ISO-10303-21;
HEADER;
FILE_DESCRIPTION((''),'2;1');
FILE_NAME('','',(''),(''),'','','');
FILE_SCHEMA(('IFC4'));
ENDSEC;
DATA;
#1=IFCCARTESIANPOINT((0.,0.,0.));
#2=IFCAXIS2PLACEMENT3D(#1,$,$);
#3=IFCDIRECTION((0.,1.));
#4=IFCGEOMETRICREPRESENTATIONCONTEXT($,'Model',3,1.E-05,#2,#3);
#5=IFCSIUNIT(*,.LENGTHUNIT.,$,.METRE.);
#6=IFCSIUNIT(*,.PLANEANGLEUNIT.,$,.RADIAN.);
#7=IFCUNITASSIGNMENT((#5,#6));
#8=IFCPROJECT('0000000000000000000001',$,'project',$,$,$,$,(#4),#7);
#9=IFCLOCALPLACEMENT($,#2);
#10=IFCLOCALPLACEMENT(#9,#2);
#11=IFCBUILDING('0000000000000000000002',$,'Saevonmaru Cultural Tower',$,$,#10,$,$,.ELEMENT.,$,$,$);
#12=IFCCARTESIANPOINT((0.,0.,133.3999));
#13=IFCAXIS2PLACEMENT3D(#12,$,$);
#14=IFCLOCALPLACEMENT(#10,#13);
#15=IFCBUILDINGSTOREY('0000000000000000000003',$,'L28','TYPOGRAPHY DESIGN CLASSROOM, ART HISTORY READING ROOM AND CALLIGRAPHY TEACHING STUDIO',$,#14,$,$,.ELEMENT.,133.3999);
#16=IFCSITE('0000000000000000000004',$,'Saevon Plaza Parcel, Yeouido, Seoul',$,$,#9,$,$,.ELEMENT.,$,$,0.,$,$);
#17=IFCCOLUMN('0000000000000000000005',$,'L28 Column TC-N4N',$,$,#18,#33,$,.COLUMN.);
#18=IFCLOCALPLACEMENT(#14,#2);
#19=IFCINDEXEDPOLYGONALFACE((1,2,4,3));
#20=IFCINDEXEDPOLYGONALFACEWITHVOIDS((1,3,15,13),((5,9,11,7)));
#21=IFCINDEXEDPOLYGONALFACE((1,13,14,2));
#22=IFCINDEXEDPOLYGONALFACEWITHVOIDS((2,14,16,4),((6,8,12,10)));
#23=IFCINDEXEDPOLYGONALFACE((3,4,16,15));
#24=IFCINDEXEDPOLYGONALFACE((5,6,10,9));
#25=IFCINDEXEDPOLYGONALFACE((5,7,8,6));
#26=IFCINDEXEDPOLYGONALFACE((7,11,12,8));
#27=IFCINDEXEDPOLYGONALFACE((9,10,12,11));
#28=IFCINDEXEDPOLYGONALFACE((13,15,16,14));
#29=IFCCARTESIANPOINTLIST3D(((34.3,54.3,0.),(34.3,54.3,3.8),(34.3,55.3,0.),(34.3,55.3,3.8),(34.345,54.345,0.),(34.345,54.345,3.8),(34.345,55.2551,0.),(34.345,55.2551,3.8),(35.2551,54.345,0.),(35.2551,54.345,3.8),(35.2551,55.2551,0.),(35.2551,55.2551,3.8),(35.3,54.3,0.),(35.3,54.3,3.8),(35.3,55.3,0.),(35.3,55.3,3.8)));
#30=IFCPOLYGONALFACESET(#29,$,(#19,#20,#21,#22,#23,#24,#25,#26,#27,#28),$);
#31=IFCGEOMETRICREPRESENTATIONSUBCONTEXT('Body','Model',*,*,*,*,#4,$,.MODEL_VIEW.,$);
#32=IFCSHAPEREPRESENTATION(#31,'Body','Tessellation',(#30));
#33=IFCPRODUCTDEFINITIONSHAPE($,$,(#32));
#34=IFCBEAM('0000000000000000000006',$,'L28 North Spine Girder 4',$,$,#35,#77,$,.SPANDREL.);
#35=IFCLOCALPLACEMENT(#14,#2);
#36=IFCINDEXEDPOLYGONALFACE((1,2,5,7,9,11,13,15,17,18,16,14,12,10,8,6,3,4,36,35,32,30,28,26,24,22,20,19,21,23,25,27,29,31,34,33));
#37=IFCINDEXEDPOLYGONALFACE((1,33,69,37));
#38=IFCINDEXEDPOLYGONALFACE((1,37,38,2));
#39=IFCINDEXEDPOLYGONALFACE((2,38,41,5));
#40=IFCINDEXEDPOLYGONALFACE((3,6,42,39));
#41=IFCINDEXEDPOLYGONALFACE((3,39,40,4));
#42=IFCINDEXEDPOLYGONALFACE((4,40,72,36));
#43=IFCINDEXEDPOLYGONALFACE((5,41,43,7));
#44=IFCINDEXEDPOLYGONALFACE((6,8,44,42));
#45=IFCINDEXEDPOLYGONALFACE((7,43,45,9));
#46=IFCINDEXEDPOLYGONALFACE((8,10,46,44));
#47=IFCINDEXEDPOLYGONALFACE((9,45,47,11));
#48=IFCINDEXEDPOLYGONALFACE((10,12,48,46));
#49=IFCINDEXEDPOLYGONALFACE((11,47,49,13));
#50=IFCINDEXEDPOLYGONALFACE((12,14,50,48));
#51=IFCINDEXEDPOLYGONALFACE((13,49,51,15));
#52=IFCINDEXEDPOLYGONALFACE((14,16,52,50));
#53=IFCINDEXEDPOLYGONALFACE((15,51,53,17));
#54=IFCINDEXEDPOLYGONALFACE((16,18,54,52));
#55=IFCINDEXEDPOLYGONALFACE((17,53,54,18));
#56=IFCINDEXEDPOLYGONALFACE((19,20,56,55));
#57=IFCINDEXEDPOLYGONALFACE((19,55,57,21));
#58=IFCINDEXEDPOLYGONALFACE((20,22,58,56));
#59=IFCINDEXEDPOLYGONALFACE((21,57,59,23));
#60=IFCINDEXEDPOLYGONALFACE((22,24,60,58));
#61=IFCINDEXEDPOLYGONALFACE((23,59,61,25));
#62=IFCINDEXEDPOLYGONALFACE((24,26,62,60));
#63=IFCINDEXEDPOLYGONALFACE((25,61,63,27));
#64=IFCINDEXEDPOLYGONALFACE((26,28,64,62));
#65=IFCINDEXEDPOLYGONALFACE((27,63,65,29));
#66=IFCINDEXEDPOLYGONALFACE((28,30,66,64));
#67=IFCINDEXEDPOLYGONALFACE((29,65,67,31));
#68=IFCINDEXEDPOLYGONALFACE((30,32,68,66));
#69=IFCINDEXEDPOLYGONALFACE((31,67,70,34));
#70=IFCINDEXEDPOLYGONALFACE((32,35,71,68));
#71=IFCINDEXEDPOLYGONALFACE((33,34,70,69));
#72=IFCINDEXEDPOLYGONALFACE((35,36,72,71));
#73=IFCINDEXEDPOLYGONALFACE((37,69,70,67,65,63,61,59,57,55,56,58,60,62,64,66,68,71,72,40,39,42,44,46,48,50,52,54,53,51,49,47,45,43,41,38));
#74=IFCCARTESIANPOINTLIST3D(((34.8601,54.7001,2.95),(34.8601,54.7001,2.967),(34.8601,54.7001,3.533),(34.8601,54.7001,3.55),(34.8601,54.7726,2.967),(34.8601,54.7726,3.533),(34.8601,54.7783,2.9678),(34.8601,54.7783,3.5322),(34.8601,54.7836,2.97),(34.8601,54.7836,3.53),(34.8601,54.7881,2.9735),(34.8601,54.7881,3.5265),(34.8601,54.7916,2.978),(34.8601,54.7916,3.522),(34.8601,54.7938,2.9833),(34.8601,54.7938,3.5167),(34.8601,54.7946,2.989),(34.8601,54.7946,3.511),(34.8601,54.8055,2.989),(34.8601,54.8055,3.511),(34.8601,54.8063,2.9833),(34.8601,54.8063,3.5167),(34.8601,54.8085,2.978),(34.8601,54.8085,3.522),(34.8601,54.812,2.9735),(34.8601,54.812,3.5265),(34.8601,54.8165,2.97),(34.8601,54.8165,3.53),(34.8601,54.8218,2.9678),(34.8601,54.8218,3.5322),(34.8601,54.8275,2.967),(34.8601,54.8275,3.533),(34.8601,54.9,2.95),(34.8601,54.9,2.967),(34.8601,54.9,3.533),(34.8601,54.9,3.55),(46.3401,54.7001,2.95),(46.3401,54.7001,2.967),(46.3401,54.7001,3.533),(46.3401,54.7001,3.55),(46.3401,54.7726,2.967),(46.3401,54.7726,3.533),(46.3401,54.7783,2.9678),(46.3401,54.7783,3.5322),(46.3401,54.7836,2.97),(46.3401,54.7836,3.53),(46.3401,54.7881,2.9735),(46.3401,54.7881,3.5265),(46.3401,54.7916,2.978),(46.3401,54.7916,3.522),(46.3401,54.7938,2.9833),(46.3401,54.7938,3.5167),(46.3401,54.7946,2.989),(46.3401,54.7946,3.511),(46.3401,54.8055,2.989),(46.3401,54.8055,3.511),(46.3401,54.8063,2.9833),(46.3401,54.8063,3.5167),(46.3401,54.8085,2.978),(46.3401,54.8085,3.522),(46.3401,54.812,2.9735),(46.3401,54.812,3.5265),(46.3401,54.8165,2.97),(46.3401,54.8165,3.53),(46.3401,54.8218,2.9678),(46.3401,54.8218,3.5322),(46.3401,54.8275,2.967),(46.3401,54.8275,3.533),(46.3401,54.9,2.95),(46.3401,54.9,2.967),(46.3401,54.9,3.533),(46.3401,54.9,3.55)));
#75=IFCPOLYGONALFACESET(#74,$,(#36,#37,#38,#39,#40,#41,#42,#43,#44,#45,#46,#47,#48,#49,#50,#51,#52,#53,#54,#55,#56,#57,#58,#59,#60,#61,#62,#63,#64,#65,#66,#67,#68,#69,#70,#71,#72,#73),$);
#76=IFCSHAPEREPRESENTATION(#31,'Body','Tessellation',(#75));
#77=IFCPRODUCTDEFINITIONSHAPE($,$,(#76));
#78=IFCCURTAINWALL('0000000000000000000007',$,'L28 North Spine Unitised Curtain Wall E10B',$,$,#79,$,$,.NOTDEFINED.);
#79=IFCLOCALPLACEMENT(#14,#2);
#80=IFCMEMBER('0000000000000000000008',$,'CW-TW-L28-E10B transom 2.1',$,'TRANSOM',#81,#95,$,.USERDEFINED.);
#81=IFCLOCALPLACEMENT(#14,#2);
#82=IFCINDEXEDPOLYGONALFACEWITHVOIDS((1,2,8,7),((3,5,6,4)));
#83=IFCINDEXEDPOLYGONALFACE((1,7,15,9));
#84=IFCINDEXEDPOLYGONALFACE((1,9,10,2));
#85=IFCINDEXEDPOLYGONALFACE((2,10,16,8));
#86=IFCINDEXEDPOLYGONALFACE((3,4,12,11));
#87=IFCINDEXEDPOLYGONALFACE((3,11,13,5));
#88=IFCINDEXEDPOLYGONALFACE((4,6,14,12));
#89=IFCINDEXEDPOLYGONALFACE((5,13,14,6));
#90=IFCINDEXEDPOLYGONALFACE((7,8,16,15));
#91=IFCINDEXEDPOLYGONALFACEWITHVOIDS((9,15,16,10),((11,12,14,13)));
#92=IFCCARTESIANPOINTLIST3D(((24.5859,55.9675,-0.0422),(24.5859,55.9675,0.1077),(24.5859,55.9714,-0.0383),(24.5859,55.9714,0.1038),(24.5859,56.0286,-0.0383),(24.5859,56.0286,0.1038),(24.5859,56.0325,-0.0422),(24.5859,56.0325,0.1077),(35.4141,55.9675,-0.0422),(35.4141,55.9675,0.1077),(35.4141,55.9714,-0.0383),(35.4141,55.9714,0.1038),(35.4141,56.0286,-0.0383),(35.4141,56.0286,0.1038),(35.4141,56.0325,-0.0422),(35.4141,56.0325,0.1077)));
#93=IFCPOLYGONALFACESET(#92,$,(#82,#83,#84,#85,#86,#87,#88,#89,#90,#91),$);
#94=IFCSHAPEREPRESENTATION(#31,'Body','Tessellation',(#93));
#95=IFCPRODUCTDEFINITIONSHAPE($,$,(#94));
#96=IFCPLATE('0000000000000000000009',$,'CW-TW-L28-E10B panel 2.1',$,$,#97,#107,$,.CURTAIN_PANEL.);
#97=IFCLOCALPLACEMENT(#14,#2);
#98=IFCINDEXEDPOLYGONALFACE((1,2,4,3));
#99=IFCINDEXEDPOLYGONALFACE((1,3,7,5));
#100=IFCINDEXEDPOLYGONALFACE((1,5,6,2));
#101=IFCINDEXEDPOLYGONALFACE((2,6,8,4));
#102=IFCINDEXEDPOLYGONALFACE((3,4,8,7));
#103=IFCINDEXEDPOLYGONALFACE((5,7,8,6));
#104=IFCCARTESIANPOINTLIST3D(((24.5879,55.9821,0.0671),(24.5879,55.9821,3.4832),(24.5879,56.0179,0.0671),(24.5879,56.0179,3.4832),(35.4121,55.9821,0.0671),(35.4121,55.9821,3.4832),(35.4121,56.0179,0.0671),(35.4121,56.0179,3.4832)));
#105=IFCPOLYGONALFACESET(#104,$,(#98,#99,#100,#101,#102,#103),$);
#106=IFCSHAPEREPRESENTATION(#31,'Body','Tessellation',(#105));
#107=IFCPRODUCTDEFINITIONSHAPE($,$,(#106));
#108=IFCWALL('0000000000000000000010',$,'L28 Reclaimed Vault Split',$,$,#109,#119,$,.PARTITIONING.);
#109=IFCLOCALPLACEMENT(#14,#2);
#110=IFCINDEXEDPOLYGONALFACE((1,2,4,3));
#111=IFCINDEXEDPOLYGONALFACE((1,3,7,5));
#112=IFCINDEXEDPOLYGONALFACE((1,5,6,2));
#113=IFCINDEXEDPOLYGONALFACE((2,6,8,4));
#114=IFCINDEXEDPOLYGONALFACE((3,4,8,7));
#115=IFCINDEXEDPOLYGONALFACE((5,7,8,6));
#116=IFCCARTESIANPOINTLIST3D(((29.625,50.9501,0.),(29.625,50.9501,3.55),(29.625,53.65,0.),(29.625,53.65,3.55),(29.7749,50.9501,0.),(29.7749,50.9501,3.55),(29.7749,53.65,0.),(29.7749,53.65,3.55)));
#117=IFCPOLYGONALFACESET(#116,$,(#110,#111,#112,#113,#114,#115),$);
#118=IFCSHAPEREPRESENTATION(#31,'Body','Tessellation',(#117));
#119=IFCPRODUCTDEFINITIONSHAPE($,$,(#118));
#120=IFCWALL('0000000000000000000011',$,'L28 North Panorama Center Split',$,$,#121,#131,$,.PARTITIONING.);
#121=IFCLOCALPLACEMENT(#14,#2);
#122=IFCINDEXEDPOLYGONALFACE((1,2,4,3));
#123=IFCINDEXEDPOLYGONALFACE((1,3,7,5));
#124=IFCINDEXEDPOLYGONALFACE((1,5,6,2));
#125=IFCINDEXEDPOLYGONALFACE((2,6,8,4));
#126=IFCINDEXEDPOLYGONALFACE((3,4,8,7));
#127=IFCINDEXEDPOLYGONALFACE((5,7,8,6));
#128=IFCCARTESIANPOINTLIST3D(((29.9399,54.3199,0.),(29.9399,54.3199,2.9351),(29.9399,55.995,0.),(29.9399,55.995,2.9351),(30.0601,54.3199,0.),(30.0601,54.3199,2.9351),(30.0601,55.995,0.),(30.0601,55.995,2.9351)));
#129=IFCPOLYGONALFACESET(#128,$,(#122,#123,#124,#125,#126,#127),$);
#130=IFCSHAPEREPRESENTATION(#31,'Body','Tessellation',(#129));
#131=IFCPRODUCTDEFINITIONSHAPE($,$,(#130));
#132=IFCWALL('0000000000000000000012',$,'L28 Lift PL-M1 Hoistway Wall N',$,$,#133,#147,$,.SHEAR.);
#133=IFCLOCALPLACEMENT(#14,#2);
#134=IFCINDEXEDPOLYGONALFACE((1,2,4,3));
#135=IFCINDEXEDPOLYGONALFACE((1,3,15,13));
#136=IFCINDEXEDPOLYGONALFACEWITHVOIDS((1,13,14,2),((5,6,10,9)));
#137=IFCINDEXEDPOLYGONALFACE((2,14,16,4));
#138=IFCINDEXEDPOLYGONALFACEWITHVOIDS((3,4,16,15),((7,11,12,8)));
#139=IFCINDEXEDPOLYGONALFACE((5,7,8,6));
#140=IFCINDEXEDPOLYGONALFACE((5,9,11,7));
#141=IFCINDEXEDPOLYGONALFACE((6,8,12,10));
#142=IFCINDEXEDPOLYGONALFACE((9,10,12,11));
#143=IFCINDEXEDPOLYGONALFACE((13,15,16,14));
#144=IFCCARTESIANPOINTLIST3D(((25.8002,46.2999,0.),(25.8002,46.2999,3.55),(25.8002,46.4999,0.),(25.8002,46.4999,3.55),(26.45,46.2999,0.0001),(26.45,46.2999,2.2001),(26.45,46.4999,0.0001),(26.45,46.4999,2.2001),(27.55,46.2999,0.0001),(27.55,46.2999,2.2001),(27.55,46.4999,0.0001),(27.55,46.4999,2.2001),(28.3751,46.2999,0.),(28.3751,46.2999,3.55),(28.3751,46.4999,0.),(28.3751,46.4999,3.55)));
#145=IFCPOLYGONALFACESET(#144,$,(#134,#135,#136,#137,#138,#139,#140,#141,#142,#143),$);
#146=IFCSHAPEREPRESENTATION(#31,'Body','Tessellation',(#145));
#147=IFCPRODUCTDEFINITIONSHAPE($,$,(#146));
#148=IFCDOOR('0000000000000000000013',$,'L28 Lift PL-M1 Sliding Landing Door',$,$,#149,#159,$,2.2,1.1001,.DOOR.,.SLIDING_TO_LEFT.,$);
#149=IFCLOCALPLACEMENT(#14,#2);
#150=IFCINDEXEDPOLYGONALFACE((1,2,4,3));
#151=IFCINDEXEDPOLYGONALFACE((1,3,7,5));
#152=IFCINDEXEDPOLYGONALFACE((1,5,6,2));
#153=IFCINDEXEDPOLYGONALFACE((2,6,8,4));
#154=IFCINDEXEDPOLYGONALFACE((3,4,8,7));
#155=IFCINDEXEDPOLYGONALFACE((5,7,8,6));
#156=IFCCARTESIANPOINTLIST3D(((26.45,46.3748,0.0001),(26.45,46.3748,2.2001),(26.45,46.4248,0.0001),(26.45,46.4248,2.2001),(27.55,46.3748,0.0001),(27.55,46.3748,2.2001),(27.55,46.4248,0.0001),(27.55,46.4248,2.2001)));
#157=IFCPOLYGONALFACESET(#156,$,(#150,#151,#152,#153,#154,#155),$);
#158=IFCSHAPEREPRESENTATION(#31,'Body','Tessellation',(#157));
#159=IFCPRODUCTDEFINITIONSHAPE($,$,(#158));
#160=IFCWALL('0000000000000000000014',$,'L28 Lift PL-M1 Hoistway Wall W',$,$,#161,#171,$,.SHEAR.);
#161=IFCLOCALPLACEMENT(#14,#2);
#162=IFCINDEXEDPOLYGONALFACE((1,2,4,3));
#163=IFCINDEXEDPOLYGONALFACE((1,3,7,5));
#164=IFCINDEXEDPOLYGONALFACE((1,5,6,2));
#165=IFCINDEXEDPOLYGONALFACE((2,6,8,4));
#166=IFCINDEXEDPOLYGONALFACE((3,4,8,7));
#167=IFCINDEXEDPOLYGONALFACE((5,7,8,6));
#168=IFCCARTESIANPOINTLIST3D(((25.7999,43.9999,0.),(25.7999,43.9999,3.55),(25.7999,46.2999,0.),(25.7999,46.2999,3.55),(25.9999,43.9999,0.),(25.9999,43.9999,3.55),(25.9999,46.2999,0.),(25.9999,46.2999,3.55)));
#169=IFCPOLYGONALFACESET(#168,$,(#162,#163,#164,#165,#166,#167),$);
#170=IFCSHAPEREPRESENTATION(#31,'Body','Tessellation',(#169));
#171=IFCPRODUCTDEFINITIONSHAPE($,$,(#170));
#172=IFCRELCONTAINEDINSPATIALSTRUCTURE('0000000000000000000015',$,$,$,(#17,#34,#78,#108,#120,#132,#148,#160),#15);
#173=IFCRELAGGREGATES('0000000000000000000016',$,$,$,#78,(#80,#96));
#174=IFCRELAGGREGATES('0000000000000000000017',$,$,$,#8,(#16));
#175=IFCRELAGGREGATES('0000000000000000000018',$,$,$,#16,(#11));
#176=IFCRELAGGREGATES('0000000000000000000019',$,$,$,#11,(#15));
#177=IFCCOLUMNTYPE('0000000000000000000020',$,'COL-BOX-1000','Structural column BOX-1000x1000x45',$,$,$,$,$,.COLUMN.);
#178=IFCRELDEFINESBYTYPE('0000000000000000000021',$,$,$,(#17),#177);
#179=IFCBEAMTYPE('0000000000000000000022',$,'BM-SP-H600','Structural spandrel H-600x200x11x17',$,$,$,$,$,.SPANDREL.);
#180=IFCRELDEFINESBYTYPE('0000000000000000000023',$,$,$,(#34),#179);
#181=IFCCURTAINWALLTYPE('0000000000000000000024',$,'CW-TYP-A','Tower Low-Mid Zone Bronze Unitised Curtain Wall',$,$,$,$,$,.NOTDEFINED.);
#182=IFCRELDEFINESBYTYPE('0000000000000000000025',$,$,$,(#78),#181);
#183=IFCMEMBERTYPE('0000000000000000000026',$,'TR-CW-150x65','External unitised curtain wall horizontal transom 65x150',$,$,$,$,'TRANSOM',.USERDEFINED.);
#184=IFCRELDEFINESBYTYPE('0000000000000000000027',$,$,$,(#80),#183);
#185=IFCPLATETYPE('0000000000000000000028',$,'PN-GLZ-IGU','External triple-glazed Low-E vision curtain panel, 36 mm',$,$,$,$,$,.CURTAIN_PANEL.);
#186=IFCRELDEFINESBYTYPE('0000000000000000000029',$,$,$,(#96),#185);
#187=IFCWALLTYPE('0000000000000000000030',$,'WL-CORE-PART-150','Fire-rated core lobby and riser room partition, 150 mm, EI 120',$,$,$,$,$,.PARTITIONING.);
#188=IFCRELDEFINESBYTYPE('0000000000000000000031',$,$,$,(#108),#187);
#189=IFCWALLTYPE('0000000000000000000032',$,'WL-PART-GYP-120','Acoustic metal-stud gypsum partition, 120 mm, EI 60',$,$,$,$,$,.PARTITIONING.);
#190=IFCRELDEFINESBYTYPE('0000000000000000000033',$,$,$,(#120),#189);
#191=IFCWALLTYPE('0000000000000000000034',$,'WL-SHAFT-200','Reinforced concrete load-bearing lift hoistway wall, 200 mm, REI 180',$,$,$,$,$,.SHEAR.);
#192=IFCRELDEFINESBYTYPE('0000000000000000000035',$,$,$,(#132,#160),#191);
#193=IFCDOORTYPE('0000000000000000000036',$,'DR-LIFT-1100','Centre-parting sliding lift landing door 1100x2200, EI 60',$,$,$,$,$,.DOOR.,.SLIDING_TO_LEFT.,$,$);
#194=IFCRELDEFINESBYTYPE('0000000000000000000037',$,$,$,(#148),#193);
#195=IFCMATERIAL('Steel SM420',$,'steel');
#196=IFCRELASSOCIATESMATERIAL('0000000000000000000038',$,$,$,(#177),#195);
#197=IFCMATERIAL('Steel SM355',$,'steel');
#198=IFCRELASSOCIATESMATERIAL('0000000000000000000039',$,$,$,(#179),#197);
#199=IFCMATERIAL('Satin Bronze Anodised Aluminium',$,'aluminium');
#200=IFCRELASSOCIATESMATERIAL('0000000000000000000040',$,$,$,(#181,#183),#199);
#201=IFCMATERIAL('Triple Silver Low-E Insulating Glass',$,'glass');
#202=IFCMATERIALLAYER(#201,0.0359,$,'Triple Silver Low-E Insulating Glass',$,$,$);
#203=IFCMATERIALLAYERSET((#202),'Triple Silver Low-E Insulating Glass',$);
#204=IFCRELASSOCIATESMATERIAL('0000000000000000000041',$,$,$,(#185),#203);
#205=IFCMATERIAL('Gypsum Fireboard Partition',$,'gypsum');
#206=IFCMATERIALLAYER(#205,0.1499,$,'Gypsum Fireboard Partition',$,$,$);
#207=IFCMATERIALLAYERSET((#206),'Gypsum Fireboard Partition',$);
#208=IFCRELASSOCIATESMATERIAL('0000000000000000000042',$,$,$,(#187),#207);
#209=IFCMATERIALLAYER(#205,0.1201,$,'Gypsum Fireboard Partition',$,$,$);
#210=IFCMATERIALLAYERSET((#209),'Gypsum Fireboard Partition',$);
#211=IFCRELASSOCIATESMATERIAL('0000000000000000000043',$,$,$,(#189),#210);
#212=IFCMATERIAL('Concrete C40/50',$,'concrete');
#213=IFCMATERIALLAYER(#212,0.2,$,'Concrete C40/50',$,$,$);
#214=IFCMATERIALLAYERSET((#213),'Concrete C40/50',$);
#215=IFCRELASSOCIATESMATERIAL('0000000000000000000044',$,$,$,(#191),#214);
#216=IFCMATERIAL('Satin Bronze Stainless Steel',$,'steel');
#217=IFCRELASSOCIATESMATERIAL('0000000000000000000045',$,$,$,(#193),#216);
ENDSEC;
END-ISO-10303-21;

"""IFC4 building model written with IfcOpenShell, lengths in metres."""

from ifc_helpers import new_model, si_unit, direction, frame, frame_2d, origin, origin_2d, place, context, subcontext, project, spatial, rectangle, hollow_rectangle, i_section, extrude, material, layer, layer_set, material_profile, profile_set, type_object, element, fill, aggregate, save


model = new_model("IFC4")

# Units and contexts
model_context = context("Model", 3, precision=1e-05, world=origin(), true_north=direction((0.0, 1.0)))
body_context = subcontext(model_context, "Body", "Model", "MODEL_VIEW")
ifc_project = project(units=[si_unit("LENGTHUNIT", "METRE"), si_unit("PLANEANGLEUNIT", "RADIAN")], contexts=[model_context])

# Site, building, storey
site_placement = place(None, origin())
site = spatial("IfcSite", under=ifc_project, at=site_placement, Name="Saevon Plaza Parcel, Yeouido, Seoul", CompositionType="ELEMENT", RefElevation=0.0)
building_placement = place(site_placement, origin())
building = spatial("IfcBuilding", under=site, at=building_placement, Name="Saevonmaru Cultural Tower", CompositionType="ELEMENT")
storey_placement = place(building_placement, frame((0.0, 0.0, 133.3999)))
storey = spatial("IfcBuildingStorey", under=building, at=storey_placement, Name="L28", Description="TYPOGRAPHY DESIGN CLASSROOM, ART HISTORY READING ROOM AND CALLIGRAPHY TEACHING STUDIO", CompositionType="ELEMENT", Elevation=133.3999)

# Column
ifc_material_1 = material(Name="Steel SM420", Category="steel")
ifc_material_profile_1 = material_profile(ifc_material_1, hollow_rectangle(XDim=1.0, YDim=1.0, WallThickness=0.0449, at=origin_2d()), Name="BOX-1000x1000x45")
ifc_profile_set_1 = profile_set([ifc_material_profile_1], Name="Steel SM420")
column_type = type_object("IfcColumnType", Name="COL-BOX-1000", Description="Structural column BOX-1000x1000x45", PredefinedType="COLUMN", material=ifc_profile_set_1)
column_placement = place(storey_placement, frame((34.8, 54.8, 0.0), z_axis=(0.0, 0.0, 1.0), x_axis=(1.0, 0.0, 0.0)))
element("IfcColumn", 1, at=column_placement, inside=storey, type_object=column_type, Name="L28 Column TC-N4N", PredefinedType="COLUMN", context=body_context, shape_type="SweptSolid", body=[
    extrude(hollow_rectangle(XDim=1.0, YDim=1.0, WallThickness=0.0449, at=origin_2d()), origin(), (0.0, 0.0, 1.0), 3.8),
])

# Beam
ifc_material_2 = material(Name="Steel SM355", Category="steel")
ifc_material_profile_2 = material_profile(ifc_material_2, i_section(OverallWidth=0.2, OverallDepth=0.6001, WebThickness=0.011, FlangeThickness=0.0171, FilletRadius=0.022, at=origin_2d()), Name="H-600x200x11x17")
ifc_profile_set_2 = profile_set([ifc_material_profile_2], Name="Steel SM355")
beam_type = type_object("IfcBeamType", Name="BM-SP-H600", Description="Structural spandrel H-600x200x11x17", PredefinedType="SPANDREL", material=ifc_profile_set_2)
beam_placement = place(storey_placement, frame((34.8601, 54.8, 3.25), z_axis=(1.0, 0.0, 0.0), x_axis=(0.0, 1.0, 0.0)))
element("IfcBeam", 2, at=beam_placement, inside=storey, type_object=beam_type, Name="L28 North Spine Girder 4", PredefinedType="SPANDREL", context=body_context, shape_type="SweptSolid", body=[
    extrude(i_section(OverallWidth=0.2, OverallDepth=0.6001, WebThickness=0.011, FlangeThickness=0.0171, FilletRadius=0.022, at=origin_2d()), origin(), (0.0, 0.0, 1.0), 11.48),
])

# Curtain wall, member, plate
ifc_material_3 = material(Name="Satin Bronze Anodised Aluminium", Category="aluminium")
curtain_wall_type = type_object("IfcCurtainWallType", Name="CW-TYP-A", Description="Tower Low-Mid Zone Bronze Unitised Curtain Wall", PredefinedType="NOTDEFINED", material=ifc_material_3)
curtain_wall_placement = place(storey_placement, origin())
curtain_wall = element("IfcCurtainWall", 3, at=curtain_wall_placement, inside=storey, type_object=curtain_wall_type, Name="L28 North Spine Unitised Curtain Wall E10B", PredefinedType="NOTDEFINED")
ifc_material_profile_3 = material_profile(ifc_material_3, hollow_rectangle(XDim=0.0649, YDim=0.1499, WallThickness=0.0039, at=origin_2d()), Name="ALU-TRAN-150x65x4")
ifc_profile_set_3 = profile_set([ifc_material_profile_3], Name="Satin Bronze Anodised Aluminium")
member_type = type_object("IfcMemberType", Name="TR-CW-150x65", Description="External unitised curtain wall horizontal transom 65x150", ElementType="TRANSOM", PredefinedType="USERDEFINED", material=ifc_profile_set_3)
member_placement = place(storey_placement, frame((35.4141, 56.0, 0.0327), z_axis=(-1.0, 0.0, 0.0), x_axis=(0.0, -1.0, 0.0)))
member = element("IfcMember", 4, at=member_placement, type_object=member_type, Name="CW-TW-L28-E10B transom 2.1", ObjectType="TRANSOM", PredefinedType="USERDEFINED", context=body_context, shape_type="SweptSolid", body=[
    extrude(hollow_rectangle(XDim=0.0649, YDim=0.1499, WallThickness=0.0039, at=origin_2d()), origin(), (0.0, 0.0, 1.0), 10.8281),
])
ifc_material_4 = material(Name="Triple Silver Low-E Insulating Glass", Category="glass")
ifc_layer_1 = layer(ifc_material_4, 0.0359, Name="Triple Silver Low-E Insulating Glass")
ifc_layer_set_1 = layer_set([ifc_layer_1], Name="Triple Silver Low-E Insulating Glass")
plate_type = type_object("IfcPlateType", Name="PN-GLZ-IGU", Description="External triple-glazed Low-E vision curtain panel, 36 mm", PredefinedType="CURTAIN_PANEL", material=ifc_layer_set_1)
plate_placement = place(storey_placement, frame((30.0, 56.0, 0.0671), z_axis=(0.0, 0.0, 1.0), x_axis=(-1.0, 0.0, 0.0)))
plate = element("IfcPlate", 5, at=plate_placement, type_object=plate_type, Name="CW-TW-L28-E10B panel 2.1", PredefinedType="CURTAIN_PANEL", context=body_context, shape_type="SweptSolid", body=[
    extrude(rectangle(XDim=10.8242, YDim=0.0359, at=origin_2d()), origin(), (0.0, 0.0, 1.0), 3.416),
])
aggregate(curtain_wall, [member, plate])

# Shared definitions
ifc_material_5 = material(Name="Gypsum Fireboard Partition", Category="gypsum")
ifc_layer_2 = layer(ifc_material_5, 0.1499, Name="Gypsum Fireboard Partition")
ifc_layer_set_2 = layer_set([ifc_layer_2], Name="Gypsum Fireboard Partition")
wall_type_1 = type_object("IfcWallType", Name="WL-CORE-PART-150", Description="Fire-rated core lobby and riser room partition, 150 mm, EI 120", PredefinedType="PARTITIONING", material=ifc_layer_set_2)

# Walls
wall_1_placement = place(storey_placement, frame((29.7, 50.95, 0.0), z_axis=(0.0, 0.0, 1.0), x_axis=(0.0, 1.0, 0.0)))
element("IfcWall", 6, at=wall_1_placement, inside=storey, type_object=wall_type_1, Name="L28 Reclaimed Vault Split", PredefinedType="PARTITIONING", context=body_context, shape_type="SweptSolid", body=[
    extrude(rectangle(XDim=2.7, YDim=0.1499, at=frame_2d((1.3501, 0.0))), origin(), (0.0, 0.0, 1.0), 3.55),
])
ifc_layer_3 = layer(ifc_material_5, 0.1201, Name="Gypsum Fireboard Partition")
ifc_layer_set_3 = layer_set([ifc_layer_3], Name="Gypsum Fireboard Partition")
wall_type_2 = type_object("IfcWallType", Name="WL-PART-GYP-120", Description="Acoustic metal-stud gypsum partition, 120 mm, EI 60", PredefinedType="PARTITIONING", material=ifc_layer_set_3)
wall_2_placement = place(storey_placement, frame((30.0, 54.3201, 0.0), z_axis=(0.0, 0.0, 1.0), x_axis=(0.0, 1.0, 0.0)))
element("IfcWall", 7, at=wall_2_placement, inside=storey, type_object=wall_type_2, Name="L28 North Panorama Center Split", PredefinedType="PARTITIONING", context=body_context, shape_type="SweptSolid", body=[
    extrude(rectangle(XDim=1.675, YDim=0.1201, at=frame_2d((0.8374, 0.0))), origin(), (0.0, 0.0, 1.0), 2.9351),
])

# Wall, opening, door
ifc_material_6 = material(Name="Concrete C40/50", Category="concrete")
ifc_layer_4 = layer(ifc_material_6, 0.2, Name="Concrete C40/50")
ifc_layer_set_4 = layer_set([ifc_layer_4], Name="Concrete C40/50")
wall_type_3 = type_object("IfcWallType", Name="WL-SHAFT-200", Description="Reinforced concrete load-bearing lift hoistway wall, 200 mm, REI 180", PredefinedType="SHEAR", material=ifc_layer_set_4)
wall_3_placement = place(storey_placement, frame((25.8, 46.3999, 0.0), z_axis=(0.0, 0.0, 1.0), x_axis=(1.0, 0.0, 0.0)))
wall_3 = element("IfcWall", 8, at=wall_3_placement, inside=storey, type_object=wall_type_3, Name="L28 Lift PL-M1 Hoistway Wall N", PredefinedType="SHEAR", context=body_context, shape_type="SweptSolid", body=[
    extrude(rectangle(XDim=2.575, YDim=0.2, at=frame_2d((1.2876, 0.0))), origin(), (0.0, 0.0, 1.0), 3.55),
])
opening_1_placement = place(wall_3_placement, frame((0.6499, 0.0, 0.0)))
opening_1 = element("IfcOpeningElement", 9, at=opening_1_placement, cuts=wall_3, PredefinedType="OPENING", context=body_context, shape_type="SweptSolid", body=[
    extrude(rectangle(XDim=1.1001, YDim=2.2, at=frame_2d((0.55, 1.1001))), frame((0.0, 0.1099, 0.0), z_axis=(0.0, -1.0, 0.0), x_axis=(1.0, 0.0, 0.0)), (0.0, 0.0, 1.0), 0.22),
])
ifc_material_7 = material(Name="Satin Bronze Stainless Steel", Category="steel")
door_type_1 = type_object("IfcDoorType", Name="DR-LIFT-1100", Description="Centre-parting sliding lift landing door 1100x2200, EI 60", OperationType="SLIDING_TO_LEFT", PredefinedType="DOOR", material=ifc_material_7)
door_1_placement = place(opening_1_placement, origin())
door_1 = element("IfcDoor", 10, at=door_1_placement, inside=storey, type_object=door_type_1, Name="L28 Lift PL-M1 Sliding Landing Door", OperationType="SLIDING_TO_LEFT", OverallHeight=2.2, OverallWidth=1.1001, PredefinedType="DOOR", context=body_context, shape_type="SweptSolid", body=[
    extrude(rectangle(XDim=1.1001, YDim=2.2, at=frame_2d((0.55, 1.1001))), frame((0.0, 0.0249, 0.0), z_axis=(0.0, -1.0, 0.0), x_axis=(1.0, 0.0, 0.0)), (0.0, 0.0, 1.0), 0.05),
])
fill(opening_1, door_1)

# Wall
for number, where, z_axis, x_axis, name in (
    (11, (25.8999, 44.0, 0.0), (0.0, 0.0, 1.0), (0.0, 1.0, 0.0), "L28 Lift PL-M1 Hoistway Wall W"),
):
    element("IfcWall", number, at=place(storey_placement, frame(where, z_axis=z_axis, x_axis=x_axis)), inside=storey, type_object=wall_type_3, Name=name, PredefinedType="SHEAR", context=body_context, shape_type="SweptSolid", body=[
        extrude(rectangle(XDim=2.3, YDim=0.2, at=frame_2d((1.1499, 0.0))), origin(), (0.0, 0.0, 1.0), 3.55),
    ])

save(model, "model.ifc")
